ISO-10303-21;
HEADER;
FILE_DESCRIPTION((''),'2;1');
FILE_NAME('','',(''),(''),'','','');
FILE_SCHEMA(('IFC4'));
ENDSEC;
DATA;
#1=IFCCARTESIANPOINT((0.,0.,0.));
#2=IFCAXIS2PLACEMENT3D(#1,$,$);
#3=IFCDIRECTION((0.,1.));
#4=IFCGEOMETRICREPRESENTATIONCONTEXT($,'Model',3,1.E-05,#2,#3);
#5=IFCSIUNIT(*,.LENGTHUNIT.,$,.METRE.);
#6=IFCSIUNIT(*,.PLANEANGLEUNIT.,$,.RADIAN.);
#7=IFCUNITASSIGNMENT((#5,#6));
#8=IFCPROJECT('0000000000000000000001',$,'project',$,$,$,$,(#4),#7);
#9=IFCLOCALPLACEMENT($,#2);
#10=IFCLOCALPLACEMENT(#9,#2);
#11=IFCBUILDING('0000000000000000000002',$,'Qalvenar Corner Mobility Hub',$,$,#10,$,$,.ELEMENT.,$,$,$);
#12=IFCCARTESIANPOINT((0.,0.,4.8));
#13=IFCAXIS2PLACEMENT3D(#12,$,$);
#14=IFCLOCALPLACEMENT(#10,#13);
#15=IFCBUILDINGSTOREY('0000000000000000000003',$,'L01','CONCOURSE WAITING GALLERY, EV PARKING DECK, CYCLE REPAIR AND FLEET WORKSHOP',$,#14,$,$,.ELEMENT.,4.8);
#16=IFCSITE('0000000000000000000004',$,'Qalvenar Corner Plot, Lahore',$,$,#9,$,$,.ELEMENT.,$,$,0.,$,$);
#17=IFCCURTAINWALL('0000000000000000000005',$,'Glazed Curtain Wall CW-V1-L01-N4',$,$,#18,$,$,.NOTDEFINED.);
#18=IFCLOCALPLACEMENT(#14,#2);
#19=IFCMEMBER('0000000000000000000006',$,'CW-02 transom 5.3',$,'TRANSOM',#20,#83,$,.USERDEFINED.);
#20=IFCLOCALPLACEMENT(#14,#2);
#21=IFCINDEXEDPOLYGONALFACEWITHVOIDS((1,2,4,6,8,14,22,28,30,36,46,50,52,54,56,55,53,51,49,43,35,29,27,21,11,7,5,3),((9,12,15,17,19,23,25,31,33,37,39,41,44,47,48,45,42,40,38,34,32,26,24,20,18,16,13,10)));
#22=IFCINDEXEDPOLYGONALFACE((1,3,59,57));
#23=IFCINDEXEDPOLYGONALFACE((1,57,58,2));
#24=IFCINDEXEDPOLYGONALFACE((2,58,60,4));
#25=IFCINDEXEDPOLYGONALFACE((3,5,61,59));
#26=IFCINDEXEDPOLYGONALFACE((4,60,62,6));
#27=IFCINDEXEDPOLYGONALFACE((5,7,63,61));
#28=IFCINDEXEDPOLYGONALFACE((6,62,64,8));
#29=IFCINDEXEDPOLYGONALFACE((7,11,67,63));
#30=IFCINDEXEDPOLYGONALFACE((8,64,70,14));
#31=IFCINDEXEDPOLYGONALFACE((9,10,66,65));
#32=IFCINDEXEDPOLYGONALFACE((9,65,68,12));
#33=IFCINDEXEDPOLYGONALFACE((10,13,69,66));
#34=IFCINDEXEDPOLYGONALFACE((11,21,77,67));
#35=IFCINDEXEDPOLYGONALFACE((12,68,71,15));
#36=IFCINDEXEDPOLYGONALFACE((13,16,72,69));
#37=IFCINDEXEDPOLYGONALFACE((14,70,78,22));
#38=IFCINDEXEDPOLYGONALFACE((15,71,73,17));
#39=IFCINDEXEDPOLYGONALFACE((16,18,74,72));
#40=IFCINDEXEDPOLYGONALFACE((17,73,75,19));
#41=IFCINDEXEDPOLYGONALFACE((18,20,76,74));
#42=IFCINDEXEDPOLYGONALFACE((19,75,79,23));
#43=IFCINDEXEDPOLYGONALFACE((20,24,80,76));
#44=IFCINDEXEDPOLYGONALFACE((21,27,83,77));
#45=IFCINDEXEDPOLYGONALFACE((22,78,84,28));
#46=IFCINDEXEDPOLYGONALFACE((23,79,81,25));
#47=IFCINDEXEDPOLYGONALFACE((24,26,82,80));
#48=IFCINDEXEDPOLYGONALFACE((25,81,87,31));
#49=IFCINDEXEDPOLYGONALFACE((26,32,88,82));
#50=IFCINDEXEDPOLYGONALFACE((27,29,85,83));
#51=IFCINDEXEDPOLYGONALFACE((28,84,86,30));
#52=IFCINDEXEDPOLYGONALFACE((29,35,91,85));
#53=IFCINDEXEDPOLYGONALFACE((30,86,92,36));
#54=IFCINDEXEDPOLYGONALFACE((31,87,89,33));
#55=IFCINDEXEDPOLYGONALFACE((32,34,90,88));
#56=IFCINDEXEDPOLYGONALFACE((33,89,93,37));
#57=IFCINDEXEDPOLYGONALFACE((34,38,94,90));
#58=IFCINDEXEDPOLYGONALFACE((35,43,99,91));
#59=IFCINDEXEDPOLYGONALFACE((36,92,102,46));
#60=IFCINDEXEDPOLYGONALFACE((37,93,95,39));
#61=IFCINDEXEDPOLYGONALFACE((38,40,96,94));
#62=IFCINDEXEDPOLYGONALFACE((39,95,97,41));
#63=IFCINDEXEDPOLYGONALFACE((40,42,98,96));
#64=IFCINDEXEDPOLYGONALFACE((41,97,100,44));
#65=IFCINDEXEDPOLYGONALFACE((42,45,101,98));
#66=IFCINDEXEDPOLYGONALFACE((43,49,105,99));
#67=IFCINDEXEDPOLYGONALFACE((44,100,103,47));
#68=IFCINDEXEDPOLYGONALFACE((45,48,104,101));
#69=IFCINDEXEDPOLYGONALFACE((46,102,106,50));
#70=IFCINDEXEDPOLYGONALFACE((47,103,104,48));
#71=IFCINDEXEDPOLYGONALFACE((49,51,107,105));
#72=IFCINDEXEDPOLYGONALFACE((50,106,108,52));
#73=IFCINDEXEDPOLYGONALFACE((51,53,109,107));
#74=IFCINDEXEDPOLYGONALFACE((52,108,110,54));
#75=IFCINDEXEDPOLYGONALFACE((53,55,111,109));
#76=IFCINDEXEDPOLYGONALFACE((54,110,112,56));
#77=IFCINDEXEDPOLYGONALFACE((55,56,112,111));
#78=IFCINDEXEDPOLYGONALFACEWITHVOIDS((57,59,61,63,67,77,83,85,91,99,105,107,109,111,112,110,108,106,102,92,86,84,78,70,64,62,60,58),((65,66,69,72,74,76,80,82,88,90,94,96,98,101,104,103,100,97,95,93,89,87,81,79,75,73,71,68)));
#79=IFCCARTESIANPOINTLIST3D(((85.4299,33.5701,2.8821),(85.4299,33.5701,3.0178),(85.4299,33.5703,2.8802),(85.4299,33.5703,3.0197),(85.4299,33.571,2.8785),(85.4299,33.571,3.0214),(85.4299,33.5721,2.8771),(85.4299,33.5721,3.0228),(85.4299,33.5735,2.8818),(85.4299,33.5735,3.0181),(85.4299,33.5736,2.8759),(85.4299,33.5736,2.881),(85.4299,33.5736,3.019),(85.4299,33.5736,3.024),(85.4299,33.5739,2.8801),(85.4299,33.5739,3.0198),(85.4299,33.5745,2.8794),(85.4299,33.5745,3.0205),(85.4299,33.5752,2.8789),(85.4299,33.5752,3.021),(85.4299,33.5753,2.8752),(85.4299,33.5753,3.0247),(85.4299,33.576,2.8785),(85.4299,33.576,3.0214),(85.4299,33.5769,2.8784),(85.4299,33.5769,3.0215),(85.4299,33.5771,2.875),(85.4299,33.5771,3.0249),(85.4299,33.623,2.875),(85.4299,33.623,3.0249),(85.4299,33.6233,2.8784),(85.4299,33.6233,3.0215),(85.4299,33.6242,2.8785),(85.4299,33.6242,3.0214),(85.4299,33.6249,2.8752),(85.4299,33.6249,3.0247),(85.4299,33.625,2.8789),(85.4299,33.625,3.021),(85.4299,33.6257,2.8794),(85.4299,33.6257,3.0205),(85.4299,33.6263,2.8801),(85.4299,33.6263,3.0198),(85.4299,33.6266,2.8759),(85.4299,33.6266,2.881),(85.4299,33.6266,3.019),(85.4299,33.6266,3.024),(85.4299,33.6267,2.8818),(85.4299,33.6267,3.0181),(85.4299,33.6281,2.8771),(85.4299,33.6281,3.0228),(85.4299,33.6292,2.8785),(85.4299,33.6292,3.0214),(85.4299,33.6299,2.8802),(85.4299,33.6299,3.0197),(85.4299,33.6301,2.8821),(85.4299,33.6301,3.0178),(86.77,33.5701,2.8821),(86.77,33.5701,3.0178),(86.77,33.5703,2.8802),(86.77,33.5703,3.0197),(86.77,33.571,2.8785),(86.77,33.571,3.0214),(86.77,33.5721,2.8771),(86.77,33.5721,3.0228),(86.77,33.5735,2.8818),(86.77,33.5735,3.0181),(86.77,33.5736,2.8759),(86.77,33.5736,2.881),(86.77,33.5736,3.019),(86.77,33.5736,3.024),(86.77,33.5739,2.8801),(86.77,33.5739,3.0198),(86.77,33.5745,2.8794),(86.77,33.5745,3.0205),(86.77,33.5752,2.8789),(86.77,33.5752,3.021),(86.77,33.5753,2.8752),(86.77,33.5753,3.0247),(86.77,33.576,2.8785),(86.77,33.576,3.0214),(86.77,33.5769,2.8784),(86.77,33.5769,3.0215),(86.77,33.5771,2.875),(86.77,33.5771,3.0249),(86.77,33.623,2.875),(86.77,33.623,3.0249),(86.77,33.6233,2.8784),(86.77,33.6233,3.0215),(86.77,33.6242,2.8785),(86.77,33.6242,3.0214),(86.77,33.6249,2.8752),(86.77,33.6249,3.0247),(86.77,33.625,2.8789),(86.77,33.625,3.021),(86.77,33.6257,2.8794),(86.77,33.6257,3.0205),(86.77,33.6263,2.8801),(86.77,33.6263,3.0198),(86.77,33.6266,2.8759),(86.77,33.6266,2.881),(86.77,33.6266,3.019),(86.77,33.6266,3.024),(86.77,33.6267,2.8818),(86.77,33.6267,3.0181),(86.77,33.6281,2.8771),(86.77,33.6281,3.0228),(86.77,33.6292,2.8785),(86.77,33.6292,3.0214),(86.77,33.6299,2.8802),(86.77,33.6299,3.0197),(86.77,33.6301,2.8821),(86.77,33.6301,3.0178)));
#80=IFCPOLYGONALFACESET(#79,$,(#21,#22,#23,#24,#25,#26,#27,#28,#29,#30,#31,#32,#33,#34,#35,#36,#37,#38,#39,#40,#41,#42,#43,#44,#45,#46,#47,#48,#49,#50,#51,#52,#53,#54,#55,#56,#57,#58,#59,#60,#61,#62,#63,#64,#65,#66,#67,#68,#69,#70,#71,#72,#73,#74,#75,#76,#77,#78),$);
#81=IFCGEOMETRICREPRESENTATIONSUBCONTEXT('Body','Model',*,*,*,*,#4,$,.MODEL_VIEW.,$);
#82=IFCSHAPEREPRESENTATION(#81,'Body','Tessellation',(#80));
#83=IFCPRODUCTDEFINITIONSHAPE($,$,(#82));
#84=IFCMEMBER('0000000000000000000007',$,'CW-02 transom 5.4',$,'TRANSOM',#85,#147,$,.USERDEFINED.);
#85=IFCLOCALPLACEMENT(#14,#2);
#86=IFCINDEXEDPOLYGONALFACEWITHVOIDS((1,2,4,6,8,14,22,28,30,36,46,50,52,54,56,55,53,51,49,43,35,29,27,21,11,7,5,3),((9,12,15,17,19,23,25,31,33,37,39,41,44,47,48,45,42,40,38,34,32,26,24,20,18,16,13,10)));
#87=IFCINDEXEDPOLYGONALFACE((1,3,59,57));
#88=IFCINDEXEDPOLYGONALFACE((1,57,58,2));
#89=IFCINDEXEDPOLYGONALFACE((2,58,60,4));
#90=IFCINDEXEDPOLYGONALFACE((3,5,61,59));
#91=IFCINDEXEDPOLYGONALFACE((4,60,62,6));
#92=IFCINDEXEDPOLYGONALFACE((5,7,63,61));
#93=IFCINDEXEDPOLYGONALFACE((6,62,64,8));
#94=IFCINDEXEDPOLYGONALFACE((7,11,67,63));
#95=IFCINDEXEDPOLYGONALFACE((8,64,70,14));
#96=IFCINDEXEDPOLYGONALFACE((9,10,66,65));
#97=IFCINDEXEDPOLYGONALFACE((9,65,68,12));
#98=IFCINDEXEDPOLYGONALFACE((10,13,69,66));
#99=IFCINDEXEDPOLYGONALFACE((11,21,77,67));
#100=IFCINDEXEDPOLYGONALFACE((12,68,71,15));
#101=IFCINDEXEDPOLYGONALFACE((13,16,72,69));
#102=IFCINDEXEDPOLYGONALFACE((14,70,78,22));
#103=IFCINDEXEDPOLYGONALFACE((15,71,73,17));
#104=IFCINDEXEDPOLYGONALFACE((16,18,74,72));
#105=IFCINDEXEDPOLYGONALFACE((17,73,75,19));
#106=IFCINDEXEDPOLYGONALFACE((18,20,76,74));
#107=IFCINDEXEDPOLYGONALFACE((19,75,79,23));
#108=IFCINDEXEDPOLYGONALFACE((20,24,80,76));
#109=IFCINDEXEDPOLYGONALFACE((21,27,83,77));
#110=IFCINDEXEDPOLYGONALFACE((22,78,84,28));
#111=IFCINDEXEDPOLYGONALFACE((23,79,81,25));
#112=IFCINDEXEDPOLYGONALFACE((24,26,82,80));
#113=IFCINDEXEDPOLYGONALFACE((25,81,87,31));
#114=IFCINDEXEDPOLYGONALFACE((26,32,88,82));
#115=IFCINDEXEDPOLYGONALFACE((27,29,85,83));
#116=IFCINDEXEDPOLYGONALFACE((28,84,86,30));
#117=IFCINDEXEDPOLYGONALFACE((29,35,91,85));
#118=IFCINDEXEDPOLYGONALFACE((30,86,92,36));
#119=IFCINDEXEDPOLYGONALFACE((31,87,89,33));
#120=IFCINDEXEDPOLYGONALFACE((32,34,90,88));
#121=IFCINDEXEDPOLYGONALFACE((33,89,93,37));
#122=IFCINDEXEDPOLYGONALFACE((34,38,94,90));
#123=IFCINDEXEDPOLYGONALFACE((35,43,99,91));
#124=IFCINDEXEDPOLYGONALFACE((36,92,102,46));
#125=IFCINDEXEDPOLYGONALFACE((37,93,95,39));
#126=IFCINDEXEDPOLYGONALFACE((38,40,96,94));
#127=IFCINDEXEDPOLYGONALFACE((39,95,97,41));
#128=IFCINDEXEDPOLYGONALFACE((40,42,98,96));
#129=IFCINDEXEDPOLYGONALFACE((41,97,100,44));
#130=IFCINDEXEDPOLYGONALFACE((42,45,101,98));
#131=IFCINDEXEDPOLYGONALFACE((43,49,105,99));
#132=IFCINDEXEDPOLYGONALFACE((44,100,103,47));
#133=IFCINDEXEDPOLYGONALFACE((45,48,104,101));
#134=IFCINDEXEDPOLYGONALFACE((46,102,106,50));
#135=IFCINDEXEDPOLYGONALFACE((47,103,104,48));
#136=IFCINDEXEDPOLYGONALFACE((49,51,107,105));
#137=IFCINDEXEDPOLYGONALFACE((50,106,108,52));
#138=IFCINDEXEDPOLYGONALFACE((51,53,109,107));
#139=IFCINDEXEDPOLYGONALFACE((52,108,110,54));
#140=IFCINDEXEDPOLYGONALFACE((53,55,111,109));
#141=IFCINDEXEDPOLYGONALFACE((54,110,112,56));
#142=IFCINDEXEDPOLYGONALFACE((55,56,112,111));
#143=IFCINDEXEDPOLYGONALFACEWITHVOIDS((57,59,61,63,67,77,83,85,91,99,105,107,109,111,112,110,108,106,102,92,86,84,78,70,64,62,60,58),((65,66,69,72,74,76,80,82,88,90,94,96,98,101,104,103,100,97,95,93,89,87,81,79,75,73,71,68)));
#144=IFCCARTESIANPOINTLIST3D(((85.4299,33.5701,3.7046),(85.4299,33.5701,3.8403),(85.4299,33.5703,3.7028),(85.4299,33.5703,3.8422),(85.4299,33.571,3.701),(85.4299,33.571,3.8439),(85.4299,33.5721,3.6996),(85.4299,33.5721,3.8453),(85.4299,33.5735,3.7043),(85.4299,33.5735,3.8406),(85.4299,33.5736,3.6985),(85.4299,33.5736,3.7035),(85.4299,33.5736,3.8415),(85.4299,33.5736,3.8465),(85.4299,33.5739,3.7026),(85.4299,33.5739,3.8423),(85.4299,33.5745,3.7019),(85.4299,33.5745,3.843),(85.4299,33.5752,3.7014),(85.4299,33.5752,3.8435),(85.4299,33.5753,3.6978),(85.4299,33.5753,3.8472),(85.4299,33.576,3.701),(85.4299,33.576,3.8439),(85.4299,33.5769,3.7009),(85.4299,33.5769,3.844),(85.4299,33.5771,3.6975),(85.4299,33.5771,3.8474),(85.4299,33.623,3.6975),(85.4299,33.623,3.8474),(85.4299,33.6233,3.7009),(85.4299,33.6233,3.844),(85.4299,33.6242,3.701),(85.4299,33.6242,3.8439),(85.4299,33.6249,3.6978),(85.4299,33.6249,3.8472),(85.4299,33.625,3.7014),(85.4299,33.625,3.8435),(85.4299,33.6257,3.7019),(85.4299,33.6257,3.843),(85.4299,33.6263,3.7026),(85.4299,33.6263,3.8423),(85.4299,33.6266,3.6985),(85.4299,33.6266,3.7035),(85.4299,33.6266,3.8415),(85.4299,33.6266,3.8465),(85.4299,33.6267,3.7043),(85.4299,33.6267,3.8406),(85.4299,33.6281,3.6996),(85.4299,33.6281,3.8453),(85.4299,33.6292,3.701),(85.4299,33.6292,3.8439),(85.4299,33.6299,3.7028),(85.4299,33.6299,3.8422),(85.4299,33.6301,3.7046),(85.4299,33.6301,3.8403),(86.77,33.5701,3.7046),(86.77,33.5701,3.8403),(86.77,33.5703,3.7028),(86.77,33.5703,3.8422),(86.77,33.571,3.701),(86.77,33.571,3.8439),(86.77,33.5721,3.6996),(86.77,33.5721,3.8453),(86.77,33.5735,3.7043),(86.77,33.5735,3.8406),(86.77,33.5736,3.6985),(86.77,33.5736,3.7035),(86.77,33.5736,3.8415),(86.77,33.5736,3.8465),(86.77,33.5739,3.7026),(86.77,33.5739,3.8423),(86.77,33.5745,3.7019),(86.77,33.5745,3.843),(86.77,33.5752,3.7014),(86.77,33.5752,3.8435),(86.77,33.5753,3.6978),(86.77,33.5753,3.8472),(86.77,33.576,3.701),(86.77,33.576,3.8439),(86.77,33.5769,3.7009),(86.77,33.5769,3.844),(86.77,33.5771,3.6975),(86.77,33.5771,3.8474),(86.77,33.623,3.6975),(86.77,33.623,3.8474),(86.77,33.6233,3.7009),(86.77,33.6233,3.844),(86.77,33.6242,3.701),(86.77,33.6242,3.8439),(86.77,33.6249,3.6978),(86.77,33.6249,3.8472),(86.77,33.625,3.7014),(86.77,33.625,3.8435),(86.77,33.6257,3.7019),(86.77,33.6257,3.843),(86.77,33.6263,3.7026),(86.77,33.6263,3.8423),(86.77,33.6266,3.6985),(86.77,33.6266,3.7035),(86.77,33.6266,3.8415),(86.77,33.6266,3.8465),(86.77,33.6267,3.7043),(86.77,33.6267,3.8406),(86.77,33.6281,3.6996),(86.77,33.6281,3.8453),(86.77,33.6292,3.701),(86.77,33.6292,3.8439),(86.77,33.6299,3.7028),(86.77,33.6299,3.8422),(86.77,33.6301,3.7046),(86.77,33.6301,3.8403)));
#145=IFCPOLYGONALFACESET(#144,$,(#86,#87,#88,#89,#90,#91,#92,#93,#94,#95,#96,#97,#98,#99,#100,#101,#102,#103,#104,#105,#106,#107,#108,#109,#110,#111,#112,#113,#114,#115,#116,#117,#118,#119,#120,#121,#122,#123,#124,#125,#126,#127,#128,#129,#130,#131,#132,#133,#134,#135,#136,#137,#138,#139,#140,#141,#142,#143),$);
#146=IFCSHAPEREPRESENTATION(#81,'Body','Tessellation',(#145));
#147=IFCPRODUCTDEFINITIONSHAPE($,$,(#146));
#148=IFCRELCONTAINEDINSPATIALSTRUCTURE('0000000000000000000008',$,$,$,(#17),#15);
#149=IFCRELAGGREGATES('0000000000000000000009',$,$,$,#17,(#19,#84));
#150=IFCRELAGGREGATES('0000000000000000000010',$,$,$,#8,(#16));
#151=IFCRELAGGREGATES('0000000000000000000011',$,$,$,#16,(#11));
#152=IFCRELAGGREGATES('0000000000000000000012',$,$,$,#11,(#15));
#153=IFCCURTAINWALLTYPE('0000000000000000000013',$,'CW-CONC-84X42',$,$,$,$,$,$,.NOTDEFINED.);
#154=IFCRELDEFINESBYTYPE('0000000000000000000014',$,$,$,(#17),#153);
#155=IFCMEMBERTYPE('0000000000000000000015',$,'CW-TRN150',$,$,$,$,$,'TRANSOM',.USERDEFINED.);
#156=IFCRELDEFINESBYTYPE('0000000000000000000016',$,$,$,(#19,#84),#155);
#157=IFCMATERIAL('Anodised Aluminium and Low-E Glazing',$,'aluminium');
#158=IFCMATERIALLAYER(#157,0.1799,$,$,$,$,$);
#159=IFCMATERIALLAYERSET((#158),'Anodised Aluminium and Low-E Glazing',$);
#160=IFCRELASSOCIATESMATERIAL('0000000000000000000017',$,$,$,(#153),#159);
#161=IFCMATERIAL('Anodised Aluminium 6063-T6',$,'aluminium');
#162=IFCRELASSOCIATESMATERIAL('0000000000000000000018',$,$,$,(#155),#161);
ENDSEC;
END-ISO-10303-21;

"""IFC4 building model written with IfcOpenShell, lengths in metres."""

from ifc_helpers import new_model, si_unit, direction, frame, origin, origin_2d, place, context, subcontext, project, spatial, hollow_rectangle, extrude, material, layer, layer_set, material_profile, profile_set, type_object, element, aggregate, save


model = new_model("IFC4")

# Units and contexts
model_context = context("Model", 3, precision=1e-05, world=origin(), true_north=direction((0.0, 1.0)))
body_context = subcontext(model_context, "Body", "Model", "MODEL_VIEW")
ifc_project = project(units=[si_unit("LENGTHUNIT", "METRE"), si_unit("PLANEANGLEUNIT", "RADIAN")], contexts=[model_context])

# Site, building, storey
site_placement = place(None, origin())
site = spatial("IfcSite", under=ifc_project, at=site_placement, Name="Qalvenar Corner Plot, Lahore", CompositionType="ELEMENT", RefElevation=0.0)
building_placement = place(site_placement, origin())
building = spatial("IfcBuilding", under=site, at=building_placement, Name="Qalvenar Corner Mobility Hub", CompositionType="ELEMENT")
storey_placement = place(building_placement, frame((0.0, 0.0, 4.8)))
storey = spatial("IfcBuildingStorey", under=building, at=storey_placement, Name="L01", Description="CONCOURSE WAITING GALLERY, EV PARKING DECK, CYCLE REPAIR AND FLEET WORKSHOP", CompositionType="ELEMENT", Elevation=4.8)

# Curtain wall
ifc_material_1 = material(Name="Anodised Aluminium and Low-E Glazing", Category="aluminium")
ifc_layer_1 = layer(ifc_material_1, 0.1799)
ifc_layer_set_1 = layer_set([ifc_layer_1], Name="Anodised Aluminium and Low-E Glazing")
curtain_wall_type = type_object("IfcCurtainWallType", Name="CW-CONC-84X42", PredefinedType="NOTDEFINED", material=ifc_layer_set_1)
ifc_material_2 = material(Name="Anodised Aluminium 6063-T6", Category="aluminium")
curtain_wall_1_placement = place(storey_placement, origin())
curtain_wall_1 = element("IfcCurtainWall", 1, at=curtain_wall_1_placement, inside=storey, type_object=curtain_wall_type, Name="Glazed Curtain Wall CW-V1-L01-N4", PredefinedType="NOTDEFINED")

# Members
ifc_material_profile_1 = material_profile(ifc_material_2, hollow_rectangle(XDim=0.0601, YDim=0.1499, WallThickness=0.0034, InnerFilletRadius=0.0034, OuterFilletRadius=0.0071, at=origin_2d()), Name="RHS150x60x3.5")
ifc_profile_set_1 = profile_set([ifc_material_profile_1], Name="Anodised Aluminium 6063-T6")
member_type_1 = type_object("IfcMemberType", Name="CW-TRN150", ElementType="TRANSOM", PredefinedType="USERDEFINED", material=ifc_profile_set_1)
member_1_placement = place(storey_placement, frame((86.77, 33.6001, 2.95), z_axis=(-1.0, 0.0, 0.0), x_axis=(0.0, -1.0, 0.0)))
member_1 = element("IfcMember", 2, at=member_1_placement, type_object=member_type_1, Name="CW-02 transom 5.3", ObjectType="TRANSOM", PredefinedType="USERDEFINED", context=body_context, shape_type="SweptSolid", body=[
    extrude(hollow_rectangle(XDim=0.0601, YDim=0.1499, WallThickness=0.0034, InnerFilletRadius=0.0034, OuterFilletRadius=0.0071, at=origin_2d()), origin(), (0.0, 0.0, 1.0), 1.3401),
])
member_2_placement = place(storey_placement, frame((86.77, 33.6001, 3.7725), z_axis=(-1.0, 0.0, 0.0), x_axis=(0.0, -1.0, 0.0)))
member_2 = element("IfcMember", 3, at=member_2_placement, type_object=member_type_1, Name="CW-02 transom 5.4", ObjectType="TRANSOM", PredefinedType="USERDEFINED", context=body_context, shape_type="SweptSolid", body=[
    extrude(hollow_rectangle(XDim=0.0601, YDim=0.1499, WallThickness=0.0034, InnerFilletRadius=0.0034, OuterFilletRadius=0.0071, at=origin_2d()), origin(), (0.0, 0.0, 1.0), 1.3401),
])

aggregate(curtain_wall_1, [member_1, member_2])

save(model, "model.ifc")
